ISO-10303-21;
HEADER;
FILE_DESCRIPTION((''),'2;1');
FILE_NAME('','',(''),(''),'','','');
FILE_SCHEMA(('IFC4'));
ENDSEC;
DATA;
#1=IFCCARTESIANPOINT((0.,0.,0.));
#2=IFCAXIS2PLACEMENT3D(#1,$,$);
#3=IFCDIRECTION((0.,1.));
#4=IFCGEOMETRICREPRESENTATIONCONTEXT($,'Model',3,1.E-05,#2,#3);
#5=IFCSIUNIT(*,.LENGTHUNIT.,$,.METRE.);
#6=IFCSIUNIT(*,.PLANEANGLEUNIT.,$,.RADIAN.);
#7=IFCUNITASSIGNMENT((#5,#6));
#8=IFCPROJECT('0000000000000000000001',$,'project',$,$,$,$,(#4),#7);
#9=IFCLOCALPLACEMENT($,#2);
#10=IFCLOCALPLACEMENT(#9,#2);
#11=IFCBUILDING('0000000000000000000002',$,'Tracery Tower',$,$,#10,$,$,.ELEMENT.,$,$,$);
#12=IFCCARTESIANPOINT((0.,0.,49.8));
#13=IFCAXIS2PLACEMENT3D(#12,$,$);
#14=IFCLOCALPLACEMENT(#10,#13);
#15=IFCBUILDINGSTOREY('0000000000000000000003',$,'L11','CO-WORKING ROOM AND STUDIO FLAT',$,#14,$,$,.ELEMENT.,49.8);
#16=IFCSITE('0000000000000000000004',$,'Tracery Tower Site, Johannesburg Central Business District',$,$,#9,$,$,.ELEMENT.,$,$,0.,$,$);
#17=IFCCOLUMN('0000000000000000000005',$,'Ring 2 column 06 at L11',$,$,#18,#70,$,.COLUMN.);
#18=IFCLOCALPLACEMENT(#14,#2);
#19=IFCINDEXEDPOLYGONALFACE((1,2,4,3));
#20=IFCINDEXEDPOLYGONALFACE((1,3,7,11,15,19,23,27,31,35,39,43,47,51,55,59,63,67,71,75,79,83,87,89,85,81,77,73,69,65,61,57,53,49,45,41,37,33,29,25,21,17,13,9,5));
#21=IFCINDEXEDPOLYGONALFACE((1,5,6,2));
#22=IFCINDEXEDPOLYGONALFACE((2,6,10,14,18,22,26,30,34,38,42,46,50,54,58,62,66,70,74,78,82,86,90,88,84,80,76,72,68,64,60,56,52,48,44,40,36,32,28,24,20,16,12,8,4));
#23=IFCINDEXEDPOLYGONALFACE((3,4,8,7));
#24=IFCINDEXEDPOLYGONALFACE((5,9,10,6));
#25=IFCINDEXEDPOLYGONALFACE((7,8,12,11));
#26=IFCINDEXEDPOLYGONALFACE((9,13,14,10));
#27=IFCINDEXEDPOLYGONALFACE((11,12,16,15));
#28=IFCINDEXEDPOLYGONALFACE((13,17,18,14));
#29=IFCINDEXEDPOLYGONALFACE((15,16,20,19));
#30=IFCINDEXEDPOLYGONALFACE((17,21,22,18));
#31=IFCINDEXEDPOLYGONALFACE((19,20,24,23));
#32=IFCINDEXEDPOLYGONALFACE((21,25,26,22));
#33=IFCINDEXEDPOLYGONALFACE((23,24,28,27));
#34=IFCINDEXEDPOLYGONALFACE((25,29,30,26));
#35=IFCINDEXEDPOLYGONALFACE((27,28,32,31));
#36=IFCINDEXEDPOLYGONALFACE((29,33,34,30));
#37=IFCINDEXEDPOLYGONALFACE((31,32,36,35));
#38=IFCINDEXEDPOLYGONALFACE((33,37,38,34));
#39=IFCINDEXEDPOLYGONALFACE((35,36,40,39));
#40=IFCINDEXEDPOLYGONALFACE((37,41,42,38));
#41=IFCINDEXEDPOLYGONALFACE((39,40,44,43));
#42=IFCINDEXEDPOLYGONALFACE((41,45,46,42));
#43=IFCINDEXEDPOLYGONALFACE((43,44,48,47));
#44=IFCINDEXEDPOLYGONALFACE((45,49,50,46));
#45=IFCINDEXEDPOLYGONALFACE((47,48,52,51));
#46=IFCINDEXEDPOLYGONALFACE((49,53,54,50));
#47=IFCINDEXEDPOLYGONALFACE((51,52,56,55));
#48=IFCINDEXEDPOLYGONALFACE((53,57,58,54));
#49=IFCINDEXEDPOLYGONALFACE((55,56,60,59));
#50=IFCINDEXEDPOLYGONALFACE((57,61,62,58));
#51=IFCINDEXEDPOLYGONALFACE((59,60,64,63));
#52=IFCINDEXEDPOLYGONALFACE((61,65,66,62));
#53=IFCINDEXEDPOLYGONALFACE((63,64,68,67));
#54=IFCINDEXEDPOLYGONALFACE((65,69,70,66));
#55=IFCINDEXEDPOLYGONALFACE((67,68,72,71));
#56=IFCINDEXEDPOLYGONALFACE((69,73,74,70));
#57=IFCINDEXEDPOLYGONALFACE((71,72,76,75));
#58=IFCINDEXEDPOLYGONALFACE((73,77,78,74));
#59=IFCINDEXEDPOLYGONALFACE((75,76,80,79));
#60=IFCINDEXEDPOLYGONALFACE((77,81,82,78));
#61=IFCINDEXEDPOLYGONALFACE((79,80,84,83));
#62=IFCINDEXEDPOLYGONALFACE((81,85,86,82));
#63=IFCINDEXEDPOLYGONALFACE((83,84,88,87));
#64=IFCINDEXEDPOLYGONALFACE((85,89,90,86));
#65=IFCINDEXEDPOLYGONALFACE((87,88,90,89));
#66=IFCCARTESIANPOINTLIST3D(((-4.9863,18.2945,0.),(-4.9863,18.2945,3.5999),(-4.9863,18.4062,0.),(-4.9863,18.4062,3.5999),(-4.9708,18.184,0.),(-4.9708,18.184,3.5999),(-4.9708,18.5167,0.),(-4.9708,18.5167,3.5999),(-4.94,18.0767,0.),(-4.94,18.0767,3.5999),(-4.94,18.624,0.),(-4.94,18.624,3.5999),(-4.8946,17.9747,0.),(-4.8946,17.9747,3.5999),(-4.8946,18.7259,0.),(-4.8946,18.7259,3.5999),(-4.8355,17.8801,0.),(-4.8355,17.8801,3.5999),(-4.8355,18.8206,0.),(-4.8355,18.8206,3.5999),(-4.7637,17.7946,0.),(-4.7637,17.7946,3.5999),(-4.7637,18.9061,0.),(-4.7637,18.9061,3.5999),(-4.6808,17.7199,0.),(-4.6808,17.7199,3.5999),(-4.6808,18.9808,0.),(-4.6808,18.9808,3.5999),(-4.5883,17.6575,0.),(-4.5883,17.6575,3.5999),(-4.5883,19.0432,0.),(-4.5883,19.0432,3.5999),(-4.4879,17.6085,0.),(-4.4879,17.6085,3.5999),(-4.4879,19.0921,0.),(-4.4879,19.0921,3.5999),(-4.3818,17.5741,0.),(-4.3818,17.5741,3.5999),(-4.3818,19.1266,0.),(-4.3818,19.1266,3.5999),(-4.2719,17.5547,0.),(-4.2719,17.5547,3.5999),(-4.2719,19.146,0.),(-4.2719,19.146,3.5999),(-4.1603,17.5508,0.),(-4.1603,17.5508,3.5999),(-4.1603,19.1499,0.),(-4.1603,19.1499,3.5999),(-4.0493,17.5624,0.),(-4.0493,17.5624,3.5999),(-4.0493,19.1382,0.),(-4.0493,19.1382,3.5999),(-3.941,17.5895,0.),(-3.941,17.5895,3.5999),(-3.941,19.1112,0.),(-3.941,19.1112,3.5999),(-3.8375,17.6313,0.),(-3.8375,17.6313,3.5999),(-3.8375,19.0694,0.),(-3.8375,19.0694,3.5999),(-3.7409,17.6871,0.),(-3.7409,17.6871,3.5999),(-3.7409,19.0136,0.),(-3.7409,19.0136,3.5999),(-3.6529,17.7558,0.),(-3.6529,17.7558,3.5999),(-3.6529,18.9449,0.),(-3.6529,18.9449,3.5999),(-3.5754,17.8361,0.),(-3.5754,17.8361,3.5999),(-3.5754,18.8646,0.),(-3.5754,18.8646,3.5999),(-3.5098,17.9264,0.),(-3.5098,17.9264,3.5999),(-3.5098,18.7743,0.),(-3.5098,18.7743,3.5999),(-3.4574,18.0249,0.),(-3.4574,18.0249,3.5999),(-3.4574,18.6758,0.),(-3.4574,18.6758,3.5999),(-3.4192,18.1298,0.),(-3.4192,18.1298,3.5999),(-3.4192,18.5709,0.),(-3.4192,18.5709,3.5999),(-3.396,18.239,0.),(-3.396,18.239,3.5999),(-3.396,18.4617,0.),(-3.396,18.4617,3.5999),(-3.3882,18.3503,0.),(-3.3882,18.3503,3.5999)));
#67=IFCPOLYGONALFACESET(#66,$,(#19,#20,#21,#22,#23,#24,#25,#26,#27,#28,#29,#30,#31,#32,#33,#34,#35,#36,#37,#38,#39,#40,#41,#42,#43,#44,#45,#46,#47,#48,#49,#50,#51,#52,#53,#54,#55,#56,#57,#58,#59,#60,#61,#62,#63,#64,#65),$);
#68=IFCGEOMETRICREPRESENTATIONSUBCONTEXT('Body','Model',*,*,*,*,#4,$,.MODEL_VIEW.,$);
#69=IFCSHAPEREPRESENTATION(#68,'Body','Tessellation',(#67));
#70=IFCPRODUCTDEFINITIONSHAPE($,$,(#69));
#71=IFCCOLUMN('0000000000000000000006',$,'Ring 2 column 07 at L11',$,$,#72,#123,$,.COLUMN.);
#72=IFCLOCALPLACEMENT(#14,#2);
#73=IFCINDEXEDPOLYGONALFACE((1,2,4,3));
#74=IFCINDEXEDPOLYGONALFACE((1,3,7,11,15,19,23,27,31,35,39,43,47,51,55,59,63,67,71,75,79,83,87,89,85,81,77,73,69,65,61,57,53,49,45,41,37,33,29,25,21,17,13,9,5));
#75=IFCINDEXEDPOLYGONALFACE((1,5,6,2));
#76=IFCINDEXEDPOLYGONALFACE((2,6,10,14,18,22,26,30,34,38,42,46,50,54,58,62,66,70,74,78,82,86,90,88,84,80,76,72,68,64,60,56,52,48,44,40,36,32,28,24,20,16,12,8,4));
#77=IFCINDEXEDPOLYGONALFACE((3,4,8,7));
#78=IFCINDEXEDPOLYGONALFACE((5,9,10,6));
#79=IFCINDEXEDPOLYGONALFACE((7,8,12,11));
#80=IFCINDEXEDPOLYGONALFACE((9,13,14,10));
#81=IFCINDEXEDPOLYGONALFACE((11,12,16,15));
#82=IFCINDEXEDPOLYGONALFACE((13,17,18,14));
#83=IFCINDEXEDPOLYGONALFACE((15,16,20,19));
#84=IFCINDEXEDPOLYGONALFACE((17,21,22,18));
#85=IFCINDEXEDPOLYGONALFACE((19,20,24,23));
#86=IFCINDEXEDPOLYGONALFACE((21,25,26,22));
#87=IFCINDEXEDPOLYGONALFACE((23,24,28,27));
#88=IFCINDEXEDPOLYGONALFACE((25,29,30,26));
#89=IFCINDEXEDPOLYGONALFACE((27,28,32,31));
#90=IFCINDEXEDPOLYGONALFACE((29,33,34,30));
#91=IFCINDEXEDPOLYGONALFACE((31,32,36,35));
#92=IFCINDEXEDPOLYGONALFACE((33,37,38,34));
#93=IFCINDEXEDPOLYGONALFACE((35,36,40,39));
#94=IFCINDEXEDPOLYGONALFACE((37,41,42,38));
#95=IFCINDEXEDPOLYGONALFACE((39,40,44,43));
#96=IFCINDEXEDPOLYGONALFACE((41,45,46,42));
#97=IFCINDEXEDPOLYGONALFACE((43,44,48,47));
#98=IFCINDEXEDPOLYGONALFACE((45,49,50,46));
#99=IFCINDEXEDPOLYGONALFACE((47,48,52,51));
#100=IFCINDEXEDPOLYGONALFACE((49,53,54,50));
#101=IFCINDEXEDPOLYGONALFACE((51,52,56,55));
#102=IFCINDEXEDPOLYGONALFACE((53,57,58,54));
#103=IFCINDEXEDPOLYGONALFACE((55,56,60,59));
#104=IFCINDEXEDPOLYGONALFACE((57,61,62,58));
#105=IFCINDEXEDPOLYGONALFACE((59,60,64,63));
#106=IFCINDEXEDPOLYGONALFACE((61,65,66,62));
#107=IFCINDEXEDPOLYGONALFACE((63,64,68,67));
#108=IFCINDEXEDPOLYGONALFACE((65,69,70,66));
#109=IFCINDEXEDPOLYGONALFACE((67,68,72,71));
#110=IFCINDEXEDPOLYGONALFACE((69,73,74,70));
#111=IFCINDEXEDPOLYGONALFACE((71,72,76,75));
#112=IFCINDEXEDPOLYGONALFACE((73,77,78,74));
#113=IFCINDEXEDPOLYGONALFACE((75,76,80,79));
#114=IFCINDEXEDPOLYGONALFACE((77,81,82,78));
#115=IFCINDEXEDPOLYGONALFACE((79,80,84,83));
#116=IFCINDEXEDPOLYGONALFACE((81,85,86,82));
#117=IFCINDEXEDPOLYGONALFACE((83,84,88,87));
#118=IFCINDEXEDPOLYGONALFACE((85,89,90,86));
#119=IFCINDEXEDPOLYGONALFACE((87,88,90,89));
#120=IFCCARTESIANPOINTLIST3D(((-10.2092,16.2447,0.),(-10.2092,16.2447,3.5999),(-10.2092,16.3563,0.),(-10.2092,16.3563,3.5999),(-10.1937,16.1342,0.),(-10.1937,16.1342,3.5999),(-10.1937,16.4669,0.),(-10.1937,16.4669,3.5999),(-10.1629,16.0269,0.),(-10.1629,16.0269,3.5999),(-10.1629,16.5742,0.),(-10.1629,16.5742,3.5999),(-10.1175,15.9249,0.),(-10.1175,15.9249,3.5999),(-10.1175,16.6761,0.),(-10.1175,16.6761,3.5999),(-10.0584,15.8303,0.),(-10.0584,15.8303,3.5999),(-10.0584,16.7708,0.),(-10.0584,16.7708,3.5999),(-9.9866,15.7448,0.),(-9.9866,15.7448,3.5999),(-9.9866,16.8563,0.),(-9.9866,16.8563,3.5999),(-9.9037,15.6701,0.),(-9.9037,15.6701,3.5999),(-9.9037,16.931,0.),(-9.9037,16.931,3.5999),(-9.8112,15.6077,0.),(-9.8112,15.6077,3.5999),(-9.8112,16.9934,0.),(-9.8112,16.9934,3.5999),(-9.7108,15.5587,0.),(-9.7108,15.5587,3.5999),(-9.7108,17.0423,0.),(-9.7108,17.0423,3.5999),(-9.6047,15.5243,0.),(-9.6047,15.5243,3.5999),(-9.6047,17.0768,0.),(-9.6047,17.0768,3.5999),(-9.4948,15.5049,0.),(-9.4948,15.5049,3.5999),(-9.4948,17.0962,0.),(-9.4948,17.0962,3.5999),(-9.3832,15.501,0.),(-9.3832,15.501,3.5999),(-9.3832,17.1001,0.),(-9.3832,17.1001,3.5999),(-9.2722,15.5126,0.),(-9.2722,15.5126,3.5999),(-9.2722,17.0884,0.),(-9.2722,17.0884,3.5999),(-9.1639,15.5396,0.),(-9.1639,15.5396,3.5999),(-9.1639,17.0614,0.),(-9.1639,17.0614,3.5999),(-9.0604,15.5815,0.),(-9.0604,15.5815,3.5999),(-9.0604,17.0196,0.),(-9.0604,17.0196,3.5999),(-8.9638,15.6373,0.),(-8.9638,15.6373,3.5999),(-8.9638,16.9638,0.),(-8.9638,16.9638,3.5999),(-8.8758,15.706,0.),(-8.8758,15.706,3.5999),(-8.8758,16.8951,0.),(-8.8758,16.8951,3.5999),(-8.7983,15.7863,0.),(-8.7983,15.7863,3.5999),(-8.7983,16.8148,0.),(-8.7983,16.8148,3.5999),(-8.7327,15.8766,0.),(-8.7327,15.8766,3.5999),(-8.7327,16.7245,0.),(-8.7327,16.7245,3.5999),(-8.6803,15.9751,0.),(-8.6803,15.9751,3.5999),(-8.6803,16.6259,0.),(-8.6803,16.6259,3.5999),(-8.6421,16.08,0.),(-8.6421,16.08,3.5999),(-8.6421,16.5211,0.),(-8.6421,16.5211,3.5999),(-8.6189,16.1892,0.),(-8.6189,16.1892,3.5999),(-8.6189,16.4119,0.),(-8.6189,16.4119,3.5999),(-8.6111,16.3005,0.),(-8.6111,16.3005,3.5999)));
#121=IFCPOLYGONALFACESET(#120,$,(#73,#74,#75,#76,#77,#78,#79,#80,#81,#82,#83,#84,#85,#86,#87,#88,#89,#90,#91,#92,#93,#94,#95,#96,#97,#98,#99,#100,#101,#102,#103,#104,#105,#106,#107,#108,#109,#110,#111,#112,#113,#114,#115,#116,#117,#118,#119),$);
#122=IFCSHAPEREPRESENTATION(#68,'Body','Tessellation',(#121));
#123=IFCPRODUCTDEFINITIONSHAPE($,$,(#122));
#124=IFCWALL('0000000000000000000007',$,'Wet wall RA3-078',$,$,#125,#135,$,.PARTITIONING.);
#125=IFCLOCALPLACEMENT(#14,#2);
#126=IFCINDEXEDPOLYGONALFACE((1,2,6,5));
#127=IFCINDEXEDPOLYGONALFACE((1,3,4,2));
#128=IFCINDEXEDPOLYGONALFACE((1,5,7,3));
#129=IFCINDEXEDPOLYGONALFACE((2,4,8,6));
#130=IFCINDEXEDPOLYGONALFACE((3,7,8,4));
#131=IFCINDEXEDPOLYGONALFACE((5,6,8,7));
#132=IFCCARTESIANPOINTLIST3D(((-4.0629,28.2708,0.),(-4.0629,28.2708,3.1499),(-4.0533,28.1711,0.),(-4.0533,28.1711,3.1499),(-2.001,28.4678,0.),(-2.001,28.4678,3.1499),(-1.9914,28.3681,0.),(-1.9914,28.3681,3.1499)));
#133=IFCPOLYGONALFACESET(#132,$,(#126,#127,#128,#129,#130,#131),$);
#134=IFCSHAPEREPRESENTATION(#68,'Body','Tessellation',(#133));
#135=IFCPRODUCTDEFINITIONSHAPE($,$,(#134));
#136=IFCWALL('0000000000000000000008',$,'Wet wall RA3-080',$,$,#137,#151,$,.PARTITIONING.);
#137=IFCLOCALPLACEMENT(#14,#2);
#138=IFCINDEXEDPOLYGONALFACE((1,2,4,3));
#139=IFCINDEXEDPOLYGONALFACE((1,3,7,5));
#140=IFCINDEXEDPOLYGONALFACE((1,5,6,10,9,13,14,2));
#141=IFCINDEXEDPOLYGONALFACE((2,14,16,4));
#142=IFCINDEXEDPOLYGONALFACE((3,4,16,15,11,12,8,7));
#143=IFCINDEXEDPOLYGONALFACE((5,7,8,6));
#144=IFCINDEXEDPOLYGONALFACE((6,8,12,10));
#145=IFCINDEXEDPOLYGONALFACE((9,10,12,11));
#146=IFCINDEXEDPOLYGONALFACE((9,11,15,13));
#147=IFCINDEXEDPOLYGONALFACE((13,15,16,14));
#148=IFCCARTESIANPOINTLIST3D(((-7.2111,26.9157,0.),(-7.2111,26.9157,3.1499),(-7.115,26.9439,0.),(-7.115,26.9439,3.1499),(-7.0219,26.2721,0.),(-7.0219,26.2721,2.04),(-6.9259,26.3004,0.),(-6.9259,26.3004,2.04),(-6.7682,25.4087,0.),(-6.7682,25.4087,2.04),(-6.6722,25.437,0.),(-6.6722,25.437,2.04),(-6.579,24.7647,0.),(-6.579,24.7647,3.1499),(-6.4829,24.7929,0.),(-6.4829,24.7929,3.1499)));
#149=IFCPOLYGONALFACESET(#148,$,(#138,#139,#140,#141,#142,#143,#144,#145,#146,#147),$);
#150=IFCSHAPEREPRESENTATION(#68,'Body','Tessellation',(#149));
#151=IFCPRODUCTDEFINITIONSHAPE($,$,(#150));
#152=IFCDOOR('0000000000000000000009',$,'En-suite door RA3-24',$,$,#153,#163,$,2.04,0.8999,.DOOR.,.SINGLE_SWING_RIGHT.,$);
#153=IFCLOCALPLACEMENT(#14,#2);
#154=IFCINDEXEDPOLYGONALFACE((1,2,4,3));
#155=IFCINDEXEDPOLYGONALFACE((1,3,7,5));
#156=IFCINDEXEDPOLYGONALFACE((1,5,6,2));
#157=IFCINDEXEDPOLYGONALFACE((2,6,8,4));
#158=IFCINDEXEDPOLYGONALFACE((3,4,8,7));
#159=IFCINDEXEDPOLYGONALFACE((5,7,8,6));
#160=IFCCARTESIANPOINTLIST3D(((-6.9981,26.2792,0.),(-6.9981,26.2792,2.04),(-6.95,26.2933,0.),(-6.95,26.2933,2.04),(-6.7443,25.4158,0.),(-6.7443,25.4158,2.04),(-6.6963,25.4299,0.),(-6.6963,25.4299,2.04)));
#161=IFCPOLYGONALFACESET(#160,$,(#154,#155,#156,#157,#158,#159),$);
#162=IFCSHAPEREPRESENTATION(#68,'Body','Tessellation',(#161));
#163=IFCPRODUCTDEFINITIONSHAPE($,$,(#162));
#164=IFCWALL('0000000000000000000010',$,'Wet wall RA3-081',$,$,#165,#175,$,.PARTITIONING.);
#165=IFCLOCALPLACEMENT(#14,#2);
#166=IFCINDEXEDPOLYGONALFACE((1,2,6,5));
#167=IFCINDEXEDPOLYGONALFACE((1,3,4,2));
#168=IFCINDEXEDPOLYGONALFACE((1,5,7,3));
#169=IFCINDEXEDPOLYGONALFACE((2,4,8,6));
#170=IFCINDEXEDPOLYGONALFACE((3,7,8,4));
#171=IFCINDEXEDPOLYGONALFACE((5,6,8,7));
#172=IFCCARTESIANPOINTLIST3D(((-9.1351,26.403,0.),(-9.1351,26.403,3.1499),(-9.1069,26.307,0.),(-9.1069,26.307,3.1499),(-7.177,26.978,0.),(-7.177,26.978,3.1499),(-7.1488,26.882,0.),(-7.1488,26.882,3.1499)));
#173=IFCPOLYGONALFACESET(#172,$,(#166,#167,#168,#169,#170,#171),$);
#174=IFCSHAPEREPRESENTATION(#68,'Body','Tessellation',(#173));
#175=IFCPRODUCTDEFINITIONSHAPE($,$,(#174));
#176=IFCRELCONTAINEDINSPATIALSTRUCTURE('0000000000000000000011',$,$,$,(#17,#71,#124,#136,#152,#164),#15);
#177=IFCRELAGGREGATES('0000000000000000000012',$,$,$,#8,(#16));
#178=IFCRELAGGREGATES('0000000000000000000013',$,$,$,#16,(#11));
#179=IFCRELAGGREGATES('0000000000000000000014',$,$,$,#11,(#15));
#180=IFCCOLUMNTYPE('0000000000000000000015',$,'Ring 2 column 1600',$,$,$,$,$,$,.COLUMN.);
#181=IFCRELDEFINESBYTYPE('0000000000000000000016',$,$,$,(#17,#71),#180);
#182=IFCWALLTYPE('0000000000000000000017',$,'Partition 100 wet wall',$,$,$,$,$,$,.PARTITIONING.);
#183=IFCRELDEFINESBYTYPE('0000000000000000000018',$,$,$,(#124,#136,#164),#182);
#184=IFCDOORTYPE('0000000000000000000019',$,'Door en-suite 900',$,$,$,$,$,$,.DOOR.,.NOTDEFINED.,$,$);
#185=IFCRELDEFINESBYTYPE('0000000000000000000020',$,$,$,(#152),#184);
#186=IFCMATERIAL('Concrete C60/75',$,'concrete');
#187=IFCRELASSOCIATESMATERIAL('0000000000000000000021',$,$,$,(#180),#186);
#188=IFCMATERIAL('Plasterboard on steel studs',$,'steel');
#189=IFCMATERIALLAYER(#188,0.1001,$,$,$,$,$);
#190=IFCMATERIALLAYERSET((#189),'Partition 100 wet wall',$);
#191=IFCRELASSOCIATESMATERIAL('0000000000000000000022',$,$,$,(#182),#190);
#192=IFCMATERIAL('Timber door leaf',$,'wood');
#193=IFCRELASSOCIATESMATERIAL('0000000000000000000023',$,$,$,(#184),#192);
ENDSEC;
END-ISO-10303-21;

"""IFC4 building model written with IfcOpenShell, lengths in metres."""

from ifc_helpers import new_model, si_unit, direction, frame, frame_2d, origin, origin_2d, place, context, subcontext, project, spatial, rectangle, circle, extrude, material, layer, layer_set, material_profile, profile_set, type_object, element, fill, save


model = new_model("IFC4")

# Units and contexts
model_context = context("Model", 3, precision=1e-05, world=origin(), true_north=direction((0.0, 1.0)))
body_context = subcontext(model_context, "Body", "Model", "MODEL_VIEW")
ifc_project = project(units=[si_unit("LENGTHUNIT", "METRE"), si_unit("PLANEANGLEUNIT", "RADIAN")], contexts=[model_context])

# Site, building, storey
site_placement = place(None, origin())
site = spatial("IfcSite", under=ifc_project, at=site_placement, Name="Tracery Tower Site, Johannesburg Central Business District", CompositionType="ELEMENT", RefElevation=0.0)
building_placement = place(site_placement, origin())
building = spatial("IfcBuilding", under=site, at=building_placement, Name="Tracery Tower", CompositionType="ELEMENT")
storey_placement = place(building_placement, frame((0.0, 0.0, 49.8)))
storey = spatial("IfcBuildingStorey", under=building, at=storey_placement, Name="L11", Description="CO-WORKING ROOM AND STUDIO FLAT", CompositionType="ELEMENT", Elevation=49.8)

# Columns
ifc_material_1 = material(Name="Concrete C60/75", Category="concrete")
ifc_material_profile_1 = material_profile(ifc_material_1, circle(Radius=0.8, at=origin_2d()), Name="RC D1600")
ifc_profile_set_1 = profile_set([ifc_material_profile_1], Name="Concrete C60/75")
column_type_1 = type_object("IfcColumnType", Name="Ring 2 column 1600", PredefinedType="COLUMN", material=ifc_profile_set_1)
for number, where, z_axis, x_axis, name in (
    (1, (-4.1882, 18.3503, 0.0), (0.0, 0.0, 1.0), (1.0, 0.0, 0.0), "Ring 2 column 06 at L11"),
    (2, (-9.4111, 16.3005, 0.0), (0.0, 0.0, 1.0), (1.0, 0.0, 0.0), "Ring 2 column 07 at L11"),
):
    element("IfcColumn", number, at=place(storey_placement, frame(where, z_axis=z_axis, x_axis=x_axis)), inside=storey, type_object=column_type_1, Name=name, PredefinedType="COLUMN", context=body_context, shape_type="SweptSolid", body=[
        extrude(circle(Radius=0.8, at=origin_2d()), origin(), (0.0, 0.0, 1.0), 3.5999),
    ])

# Wall
ifc_material_2 = material(Name="Plasterboard on steel studs", Category="steel")
ifc_layer_1 = layer(ifc_material_2, 0.1001)
ifc_layer_set_1 = layer_set([ifc_layer_1], Name="Partition 100 wet wall")
wall_type_1 = type_object("IfcWallType", Name="Partition 100 wet wall", PredefinedType="PARTITIONING", material=ifc_layer_set_1)
wall_1_placement = place(storey_placement, frame((-4.0581, 28.2209, 0.0), z_axis=(0.0, 0.0, 1.0), x_axis=(0.995466, 0.095115, 0.0)))
element("IfcWall", 3, at=wall_1_placement, inside=storey, type_object=wall_type_1, Name="Wet wall RA3-078", PredefinedType="PARTITIONING", context=body_context, shape_type="SweptSolid", body=[
    extrude(rectangle(XDim=2.0713, YDim=0.1001, at=frame_2d((1.0356, 0.0))), origin(), (0.0, 0.0, 1.0), 3.1499),
])

# Wall, opening, door
wall_2_placement = place(storey_placement, frame((-7.1631, 26.9299, 0.0), z_axis=(0.0, 0.0, 1.0), x_axis=(0.281948, -0.95943, 0.0)))
wall_2 = element("IfcWall", 4, at=wall_2_placement, inside=storey, type_object=wall_type_1, Name="Wet wall RA3-080", PredefinedType="PARTITIONING", context=body_context, shape_type="SweptSolid", body=[
    extrude(rectangle(XDim=2.2419, YDim=0.1001, at=frame_2d((1.1211, 0.0))), origin(), (0.0, 0.0, 1.0), 3.1499),
])
opening_1_placement = place(wall_2_placement, frame((0.6709, 0.0, 0.0)))
opening_1 = element("IfcOpeningElement", 5, at=opening_1_placement, cuts=wall_2, PredefinedType="OPENING", context=body_context, shape_type="SweptSolid", body=[
    extrude(rectangle(XDim=0.8999, YDim=2.04, at=frame_2d((0.45, 1.02))), frame((0.0, 0.05, 0.0), z_axis=(0.0, -1.0, 0.0), x_axis=(1.0, 0.0, 0.0)), (0.0, 0.0, 1.0), 0.1001),
])
ifc_material_3 = material(Name="Timber door leaf", Category="wood")
door_type_1 = type_object("IfcDoorType", Name="Door en-suite 900", OperationType="NOTDEFINED", PredefinedType="DOOR", material=ifc_material_3)
door_1_placement = place(opening_1_placement, origin())
door_1 = element("IfcDoor", 6, at=door_1_placement, inside=storey, type_object=door_type_1, Name="En-suite door RA3-24", OperationType="SINGLE_SWING_RIGHT", OverallHeight=2.04, OverallWidth=0.8999, PredefinedType="DOOR", context=body_context, shape_type="SweptSolid", body=[
    extrude(rectangle(XDim=0.8999, YDim=2.04, at=frame_2d((0.45, 1.02))), frame((0.0, 0.0249, 0.0), z_axis=(0.0, -1.0, 0.0), x_axis=(1.0, 0.0, 0.0)), (0.0, 0.0, 1.0), 0.05),
])
fill(opening_1, door_1)

# Wall
wall_3_placement = place(storey_placement, frame((-9.1211, 26.355, 0.0), z_axis=(0.0, 0.0, 1.0), x_axis=(0.959489, 0.281745, 0.0)))
element("IfcWall", 7, at=wall_3_placement, inside=storey, type_object=wall_type_1, Name="Wet wall RA3-081", PredefinedType="PARTITIONING", context=body_context, shape_type="SweptSolid", body=[
    extrude(rectangle(XDim=2.0408, YDim=0.1001, at=frame_2d((1.0205, 0.0))), origin(), (0.0, 0.0, 1.0), 3.1499),
])

save(model, "model.ifc")
